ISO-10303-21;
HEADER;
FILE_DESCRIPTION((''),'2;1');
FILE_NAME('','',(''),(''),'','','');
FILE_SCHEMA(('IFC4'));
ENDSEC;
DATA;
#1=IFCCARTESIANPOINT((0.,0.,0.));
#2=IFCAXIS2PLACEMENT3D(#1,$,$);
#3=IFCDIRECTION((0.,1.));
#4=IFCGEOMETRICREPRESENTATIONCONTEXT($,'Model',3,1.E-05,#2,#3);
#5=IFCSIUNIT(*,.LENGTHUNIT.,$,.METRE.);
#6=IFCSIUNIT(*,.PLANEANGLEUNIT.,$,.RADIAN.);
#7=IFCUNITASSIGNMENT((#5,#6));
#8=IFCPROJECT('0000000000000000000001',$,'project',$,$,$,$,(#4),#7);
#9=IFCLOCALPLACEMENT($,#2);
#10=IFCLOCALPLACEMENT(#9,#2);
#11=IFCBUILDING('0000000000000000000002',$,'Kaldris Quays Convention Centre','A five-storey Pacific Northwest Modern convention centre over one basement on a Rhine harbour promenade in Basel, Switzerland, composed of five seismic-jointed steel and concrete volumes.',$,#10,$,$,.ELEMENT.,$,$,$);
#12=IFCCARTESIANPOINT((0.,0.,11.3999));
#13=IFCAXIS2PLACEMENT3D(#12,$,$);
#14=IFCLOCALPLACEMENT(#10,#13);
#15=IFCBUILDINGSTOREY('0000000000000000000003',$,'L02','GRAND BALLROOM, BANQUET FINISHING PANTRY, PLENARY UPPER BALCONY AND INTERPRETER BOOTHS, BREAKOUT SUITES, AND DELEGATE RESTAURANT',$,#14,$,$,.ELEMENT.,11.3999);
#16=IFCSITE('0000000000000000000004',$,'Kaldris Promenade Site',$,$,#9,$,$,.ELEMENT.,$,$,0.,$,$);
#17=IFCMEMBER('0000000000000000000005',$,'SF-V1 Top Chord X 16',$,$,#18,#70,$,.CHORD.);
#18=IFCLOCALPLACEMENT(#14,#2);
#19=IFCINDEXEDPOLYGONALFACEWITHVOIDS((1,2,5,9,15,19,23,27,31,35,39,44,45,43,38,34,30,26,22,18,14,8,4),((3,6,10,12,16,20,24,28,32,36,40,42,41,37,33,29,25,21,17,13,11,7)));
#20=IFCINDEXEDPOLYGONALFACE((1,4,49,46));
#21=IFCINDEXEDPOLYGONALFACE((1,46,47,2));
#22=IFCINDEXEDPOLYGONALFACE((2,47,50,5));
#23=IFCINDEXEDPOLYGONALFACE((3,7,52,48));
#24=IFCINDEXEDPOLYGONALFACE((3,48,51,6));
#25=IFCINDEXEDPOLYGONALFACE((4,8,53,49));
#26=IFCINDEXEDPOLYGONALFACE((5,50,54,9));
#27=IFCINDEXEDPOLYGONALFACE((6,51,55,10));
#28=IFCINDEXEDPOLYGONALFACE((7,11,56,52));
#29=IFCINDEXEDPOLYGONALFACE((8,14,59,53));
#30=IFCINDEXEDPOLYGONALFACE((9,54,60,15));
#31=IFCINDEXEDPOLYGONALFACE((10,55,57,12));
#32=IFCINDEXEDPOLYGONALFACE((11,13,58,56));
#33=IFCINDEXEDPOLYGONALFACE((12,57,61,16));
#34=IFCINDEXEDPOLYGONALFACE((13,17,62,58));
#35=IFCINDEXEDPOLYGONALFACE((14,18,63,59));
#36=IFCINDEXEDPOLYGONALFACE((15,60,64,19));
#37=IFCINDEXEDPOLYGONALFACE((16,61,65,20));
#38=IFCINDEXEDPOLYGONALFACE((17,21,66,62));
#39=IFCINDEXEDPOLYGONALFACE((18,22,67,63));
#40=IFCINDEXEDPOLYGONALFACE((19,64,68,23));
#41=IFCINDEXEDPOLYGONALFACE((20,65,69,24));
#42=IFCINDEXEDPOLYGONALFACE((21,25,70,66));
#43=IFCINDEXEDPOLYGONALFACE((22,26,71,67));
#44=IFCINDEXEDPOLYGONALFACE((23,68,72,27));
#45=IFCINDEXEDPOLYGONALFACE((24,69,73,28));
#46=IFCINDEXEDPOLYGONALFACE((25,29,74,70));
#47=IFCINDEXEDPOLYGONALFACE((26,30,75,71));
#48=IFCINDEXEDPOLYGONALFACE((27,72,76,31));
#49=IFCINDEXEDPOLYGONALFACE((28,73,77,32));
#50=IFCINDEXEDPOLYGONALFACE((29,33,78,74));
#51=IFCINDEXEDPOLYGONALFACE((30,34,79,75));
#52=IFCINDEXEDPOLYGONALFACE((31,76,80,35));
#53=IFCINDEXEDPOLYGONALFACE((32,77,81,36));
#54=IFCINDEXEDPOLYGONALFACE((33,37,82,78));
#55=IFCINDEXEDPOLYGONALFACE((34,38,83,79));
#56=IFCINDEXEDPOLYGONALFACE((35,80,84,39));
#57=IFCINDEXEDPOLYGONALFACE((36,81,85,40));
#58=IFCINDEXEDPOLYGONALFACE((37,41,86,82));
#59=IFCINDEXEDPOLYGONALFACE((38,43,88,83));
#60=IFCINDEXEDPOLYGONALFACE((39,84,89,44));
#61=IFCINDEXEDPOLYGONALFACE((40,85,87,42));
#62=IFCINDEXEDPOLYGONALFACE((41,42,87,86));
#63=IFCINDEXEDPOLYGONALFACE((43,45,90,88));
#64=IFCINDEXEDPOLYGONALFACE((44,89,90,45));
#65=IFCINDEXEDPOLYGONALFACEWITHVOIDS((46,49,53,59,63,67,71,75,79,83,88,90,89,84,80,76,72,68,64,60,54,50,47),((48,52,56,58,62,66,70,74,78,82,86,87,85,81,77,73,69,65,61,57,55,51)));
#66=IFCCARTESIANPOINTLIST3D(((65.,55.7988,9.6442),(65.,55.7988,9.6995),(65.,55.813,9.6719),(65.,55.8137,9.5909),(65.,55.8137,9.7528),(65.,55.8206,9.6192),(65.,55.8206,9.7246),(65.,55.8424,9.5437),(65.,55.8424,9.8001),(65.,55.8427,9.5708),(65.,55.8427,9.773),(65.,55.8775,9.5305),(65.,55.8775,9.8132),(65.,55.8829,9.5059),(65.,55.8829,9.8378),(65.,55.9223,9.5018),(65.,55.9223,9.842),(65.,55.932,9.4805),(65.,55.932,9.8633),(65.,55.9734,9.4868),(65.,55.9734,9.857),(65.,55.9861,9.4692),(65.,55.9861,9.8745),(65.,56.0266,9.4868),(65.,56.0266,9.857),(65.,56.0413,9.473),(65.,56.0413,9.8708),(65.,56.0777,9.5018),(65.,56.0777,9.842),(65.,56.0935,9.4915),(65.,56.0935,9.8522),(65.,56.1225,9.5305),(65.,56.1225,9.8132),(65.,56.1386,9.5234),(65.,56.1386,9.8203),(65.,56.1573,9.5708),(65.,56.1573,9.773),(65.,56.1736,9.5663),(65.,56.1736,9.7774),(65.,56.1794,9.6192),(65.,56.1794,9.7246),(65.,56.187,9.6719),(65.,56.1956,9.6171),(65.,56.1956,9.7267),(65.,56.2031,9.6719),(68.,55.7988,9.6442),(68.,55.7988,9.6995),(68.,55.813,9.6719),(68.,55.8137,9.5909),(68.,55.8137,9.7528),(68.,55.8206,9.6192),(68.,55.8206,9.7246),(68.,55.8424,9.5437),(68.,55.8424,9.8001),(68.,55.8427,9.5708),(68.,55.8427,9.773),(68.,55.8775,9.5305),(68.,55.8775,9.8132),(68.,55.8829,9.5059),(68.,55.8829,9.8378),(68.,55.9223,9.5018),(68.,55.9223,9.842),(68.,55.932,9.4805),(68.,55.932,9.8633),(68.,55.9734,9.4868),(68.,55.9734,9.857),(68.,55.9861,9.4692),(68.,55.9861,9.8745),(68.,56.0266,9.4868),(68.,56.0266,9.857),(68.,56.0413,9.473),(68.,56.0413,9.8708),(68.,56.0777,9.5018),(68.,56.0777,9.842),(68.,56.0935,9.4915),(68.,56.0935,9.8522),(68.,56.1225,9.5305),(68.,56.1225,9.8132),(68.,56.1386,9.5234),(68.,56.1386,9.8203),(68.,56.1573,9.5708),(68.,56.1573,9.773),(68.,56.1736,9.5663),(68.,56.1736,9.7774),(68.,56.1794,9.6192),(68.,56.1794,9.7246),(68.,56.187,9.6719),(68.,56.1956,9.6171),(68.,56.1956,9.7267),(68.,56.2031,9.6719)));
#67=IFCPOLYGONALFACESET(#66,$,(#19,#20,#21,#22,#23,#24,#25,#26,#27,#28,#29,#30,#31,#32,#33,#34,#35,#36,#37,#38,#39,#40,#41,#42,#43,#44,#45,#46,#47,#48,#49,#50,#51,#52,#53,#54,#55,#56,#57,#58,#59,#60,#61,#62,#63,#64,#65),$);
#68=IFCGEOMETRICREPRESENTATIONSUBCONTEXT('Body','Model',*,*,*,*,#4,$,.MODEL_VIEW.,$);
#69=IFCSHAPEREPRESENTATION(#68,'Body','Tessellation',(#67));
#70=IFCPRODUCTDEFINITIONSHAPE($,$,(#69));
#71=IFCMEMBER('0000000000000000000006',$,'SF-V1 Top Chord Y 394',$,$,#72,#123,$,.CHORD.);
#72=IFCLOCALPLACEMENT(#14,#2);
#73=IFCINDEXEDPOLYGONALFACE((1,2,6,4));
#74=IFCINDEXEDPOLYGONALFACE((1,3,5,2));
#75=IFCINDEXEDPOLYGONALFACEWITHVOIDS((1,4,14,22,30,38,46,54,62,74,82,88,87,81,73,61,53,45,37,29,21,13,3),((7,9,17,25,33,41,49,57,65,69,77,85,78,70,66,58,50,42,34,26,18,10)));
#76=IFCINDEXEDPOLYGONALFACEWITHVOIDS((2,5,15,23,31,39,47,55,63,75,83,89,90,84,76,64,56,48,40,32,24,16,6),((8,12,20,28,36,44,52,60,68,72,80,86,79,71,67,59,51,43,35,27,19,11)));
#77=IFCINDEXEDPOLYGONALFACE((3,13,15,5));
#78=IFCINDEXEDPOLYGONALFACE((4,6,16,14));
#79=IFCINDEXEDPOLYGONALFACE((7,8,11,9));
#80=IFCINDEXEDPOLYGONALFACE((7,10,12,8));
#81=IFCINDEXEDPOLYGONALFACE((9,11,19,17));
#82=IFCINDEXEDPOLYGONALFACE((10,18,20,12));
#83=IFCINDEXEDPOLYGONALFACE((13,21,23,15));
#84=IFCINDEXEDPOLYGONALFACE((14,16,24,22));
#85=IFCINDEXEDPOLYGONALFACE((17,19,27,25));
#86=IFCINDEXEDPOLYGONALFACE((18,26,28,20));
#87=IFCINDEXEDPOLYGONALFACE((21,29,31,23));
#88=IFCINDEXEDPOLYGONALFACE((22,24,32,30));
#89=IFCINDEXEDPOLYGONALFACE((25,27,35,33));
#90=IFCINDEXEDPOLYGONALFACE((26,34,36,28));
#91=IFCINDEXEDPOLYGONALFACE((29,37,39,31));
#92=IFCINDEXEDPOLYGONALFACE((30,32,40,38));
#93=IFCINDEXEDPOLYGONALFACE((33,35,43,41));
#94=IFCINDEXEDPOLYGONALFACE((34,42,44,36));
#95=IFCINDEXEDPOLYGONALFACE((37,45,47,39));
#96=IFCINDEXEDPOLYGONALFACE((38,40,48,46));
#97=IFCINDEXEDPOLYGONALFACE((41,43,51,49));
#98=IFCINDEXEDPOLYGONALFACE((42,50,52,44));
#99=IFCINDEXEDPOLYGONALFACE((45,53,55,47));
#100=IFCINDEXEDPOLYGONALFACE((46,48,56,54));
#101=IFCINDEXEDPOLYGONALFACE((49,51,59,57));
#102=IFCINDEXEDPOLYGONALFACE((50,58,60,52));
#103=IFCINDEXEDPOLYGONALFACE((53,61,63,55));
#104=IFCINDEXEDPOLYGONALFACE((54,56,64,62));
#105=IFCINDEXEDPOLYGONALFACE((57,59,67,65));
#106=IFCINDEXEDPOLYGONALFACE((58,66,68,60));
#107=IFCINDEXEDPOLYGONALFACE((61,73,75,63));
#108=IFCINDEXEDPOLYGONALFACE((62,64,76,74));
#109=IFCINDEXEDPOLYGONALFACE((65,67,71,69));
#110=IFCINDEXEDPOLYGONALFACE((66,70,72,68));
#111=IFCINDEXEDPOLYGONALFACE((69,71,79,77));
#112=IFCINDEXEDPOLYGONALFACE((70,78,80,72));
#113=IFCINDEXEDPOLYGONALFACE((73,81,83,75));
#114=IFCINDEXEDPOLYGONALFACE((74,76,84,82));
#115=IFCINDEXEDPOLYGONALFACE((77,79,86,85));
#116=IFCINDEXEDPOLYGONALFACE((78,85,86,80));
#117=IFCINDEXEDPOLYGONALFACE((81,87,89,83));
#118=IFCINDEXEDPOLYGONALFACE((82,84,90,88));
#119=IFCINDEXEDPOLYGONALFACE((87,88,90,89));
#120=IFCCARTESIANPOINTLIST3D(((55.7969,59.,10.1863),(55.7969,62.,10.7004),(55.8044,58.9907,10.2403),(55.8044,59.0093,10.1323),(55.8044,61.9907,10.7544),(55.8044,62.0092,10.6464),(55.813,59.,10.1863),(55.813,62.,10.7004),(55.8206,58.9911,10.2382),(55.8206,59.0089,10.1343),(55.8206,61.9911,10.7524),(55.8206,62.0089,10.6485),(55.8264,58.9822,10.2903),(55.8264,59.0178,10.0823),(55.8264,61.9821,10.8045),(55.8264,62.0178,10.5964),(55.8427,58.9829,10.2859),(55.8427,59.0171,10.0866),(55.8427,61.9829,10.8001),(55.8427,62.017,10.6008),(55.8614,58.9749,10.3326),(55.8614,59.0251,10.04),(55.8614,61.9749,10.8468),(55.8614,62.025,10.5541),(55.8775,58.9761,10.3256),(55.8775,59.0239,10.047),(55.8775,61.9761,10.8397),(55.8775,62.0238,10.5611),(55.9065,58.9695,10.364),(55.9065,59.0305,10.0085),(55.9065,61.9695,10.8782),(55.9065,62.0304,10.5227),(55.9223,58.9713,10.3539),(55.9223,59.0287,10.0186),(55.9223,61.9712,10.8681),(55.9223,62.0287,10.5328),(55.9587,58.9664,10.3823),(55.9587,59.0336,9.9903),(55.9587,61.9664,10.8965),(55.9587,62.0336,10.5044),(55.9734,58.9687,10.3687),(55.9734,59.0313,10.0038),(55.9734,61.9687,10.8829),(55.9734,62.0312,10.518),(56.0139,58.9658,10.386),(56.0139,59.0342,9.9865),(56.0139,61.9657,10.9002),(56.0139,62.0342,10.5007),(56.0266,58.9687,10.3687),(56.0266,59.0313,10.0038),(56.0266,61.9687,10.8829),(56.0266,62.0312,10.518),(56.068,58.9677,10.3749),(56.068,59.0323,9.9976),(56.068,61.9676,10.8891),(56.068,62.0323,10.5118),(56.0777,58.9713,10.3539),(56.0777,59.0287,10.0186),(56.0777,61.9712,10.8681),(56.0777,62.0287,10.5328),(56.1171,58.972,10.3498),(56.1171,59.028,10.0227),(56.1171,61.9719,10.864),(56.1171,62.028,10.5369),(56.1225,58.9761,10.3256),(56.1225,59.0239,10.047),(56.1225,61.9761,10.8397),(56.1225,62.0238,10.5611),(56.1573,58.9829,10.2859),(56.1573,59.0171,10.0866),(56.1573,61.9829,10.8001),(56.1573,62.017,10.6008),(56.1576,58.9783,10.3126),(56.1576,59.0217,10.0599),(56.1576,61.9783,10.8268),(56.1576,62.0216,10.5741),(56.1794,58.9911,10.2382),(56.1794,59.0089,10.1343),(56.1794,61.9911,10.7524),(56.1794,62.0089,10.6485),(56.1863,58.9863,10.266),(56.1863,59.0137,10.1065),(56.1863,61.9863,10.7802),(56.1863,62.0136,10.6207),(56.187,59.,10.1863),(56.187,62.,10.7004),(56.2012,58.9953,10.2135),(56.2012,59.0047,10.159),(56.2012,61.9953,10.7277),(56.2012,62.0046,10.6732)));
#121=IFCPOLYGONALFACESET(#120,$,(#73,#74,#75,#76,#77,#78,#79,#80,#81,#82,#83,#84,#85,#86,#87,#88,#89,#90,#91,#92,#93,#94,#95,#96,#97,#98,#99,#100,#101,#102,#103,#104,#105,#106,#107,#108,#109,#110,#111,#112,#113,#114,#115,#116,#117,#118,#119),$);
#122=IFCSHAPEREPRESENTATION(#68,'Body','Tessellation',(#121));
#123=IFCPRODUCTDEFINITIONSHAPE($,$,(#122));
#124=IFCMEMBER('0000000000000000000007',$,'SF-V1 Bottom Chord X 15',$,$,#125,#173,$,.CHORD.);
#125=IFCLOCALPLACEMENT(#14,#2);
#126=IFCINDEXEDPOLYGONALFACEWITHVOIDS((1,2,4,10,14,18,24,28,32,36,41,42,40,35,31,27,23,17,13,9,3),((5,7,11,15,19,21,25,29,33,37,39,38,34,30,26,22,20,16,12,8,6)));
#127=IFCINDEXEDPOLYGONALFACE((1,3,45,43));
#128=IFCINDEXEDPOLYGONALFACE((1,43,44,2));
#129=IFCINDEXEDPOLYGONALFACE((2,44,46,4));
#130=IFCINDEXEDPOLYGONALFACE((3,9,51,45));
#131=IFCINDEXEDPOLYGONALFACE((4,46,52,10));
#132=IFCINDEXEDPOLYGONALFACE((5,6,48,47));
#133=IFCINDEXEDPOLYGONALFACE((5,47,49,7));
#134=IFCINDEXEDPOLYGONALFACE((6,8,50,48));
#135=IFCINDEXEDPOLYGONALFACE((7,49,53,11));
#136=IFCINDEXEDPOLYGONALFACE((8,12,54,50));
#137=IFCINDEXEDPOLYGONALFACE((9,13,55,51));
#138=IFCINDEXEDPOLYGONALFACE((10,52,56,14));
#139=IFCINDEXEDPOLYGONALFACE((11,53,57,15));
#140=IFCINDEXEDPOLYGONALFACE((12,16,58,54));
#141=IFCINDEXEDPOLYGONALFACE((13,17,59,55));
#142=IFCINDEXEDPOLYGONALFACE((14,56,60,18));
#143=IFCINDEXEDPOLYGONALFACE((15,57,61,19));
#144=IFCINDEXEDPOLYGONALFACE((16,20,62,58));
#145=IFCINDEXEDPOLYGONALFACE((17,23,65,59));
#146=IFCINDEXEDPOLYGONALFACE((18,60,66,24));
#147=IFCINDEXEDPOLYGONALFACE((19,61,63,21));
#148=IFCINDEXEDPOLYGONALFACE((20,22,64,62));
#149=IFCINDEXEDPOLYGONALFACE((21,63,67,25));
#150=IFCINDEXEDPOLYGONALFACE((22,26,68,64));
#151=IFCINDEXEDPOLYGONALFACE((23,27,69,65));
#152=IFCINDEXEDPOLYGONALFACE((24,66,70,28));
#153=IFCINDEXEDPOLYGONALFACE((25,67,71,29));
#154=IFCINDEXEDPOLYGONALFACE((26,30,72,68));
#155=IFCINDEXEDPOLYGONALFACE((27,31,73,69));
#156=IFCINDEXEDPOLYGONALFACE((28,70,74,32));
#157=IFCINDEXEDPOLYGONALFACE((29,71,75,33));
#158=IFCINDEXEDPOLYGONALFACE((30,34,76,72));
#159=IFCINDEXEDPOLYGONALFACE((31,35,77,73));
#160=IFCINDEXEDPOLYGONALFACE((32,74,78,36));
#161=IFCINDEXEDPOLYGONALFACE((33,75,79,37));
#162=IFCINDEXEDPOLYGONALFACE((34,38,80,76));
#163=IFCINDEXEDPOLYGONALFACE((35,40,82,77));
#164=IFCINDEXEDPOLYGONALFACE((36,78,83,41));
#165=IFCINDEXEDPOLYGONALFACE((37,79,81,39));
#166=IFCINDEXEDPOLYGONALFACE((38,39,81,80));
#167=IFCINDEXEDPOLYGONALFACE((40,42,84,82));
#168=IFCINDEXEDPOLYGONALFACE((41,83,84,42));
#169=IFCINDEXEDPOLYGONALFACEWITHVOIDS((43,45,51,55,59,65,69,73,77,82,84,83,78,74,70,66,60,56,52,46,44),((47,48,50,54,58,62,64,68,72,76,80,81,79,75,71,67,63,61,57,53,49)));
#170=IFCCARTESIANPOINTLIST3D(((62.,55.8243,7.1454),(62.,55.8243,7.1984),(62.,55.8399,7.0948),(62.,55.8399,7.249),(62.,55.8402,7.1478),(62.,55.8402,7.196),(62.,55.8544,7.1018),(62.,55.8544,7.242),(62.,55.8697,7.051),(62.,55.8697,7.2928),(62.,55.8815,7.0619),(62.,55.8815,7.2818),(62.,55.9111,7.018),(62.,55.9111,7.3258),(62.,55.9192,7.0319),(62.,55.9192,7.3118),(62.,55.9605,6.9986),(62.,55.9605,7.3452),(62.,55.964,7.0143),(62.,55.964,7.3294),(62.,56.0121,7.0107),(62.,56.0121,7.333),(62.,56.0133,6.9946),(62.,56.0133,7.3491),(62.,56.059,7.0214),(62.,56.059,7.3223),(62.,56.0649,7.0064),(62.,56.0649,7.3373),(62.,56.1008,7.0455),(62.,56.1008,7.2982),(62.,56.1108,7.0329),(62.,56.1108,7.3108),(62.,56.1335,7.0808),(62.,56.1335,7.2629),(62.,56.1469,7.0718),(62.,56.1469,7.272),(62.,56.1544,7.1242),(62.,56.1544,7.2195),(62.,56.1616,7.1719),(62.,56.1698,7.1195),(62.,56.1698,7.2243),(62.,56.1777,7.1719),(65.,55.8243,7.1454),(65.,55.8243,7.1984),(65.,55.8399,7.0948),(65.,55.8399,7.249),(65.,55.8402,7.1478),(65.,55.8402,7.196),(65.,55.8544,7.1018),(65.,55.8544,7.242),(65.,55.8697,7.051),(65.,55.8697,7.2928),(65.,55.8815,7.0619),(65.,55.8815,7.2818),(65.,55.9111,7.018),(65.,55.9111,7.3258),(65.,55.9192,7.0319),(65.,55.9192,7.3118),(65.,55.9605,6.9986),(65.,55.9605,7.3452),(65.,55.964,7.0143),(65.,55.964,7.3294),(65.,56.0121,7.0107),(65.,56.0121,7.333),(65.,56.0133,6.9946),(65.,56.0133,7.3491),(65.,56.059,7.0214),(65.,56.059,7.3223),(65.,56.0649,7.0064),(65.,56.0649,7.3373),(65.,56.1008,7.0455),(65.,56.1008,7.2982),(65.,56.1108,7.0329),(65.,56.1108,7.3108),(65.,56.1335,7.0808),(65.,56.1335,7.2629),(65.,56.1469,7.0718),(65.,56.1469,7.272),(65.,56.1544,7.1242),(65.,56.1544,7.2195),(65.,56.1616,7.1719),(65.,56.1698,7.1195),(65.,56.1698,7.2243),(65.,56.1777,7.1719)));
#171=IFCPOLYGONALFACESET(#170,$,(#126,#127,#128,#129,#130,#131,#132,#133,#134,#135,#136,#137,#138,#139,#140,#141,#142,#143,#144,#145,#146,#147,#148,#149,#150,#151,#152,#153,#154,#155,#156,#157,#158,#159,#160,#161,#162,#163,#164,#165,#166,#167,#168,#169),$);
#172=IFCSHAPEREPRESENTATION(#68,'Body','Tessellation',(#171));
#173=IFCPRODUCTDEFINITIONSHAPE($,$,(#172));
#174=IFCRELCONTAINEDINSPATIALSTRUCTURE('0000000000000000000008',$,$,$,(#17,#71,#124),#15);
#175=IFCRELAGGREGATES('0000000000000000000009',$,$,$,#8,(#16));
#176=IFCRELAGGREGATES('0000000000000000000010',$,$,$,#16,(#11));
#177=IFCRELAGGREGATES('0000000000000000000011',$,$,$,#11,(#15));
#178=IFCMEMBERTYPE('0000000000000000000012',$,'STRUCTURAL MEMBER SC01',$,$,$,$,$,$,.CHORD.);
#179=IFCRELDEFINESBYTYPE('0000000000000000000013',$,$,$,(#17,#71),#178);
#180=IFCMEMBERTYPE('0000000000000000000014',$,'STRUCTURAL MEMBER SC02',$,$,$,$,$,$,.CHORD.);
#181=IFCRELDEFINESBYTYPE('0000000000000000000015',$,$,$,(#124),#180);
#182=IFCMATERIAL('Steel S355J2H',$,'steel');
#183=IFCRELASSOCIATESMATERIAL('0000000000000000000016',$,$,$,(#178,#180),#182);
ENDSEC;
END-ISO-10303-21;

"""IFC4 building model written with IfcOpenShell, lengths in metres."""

from ifc_helpers import new_model, si_unit, direction, frame, origin, origin_2d, place, context, subcontext, project, spatial, hollow_circle, extrude, material, material_profile, profile_set, type_object, element, save


model = new_model("IFC4")

# Units and contexts
model_context = context("Model", 3, precision=1e-05, world=origin(), true_north=direction((0.0, 1.0)))
body_context = subcontext(model_context, "Body", "Model", "MODEL_VIEW")
ifc_project = project(units=[si_unit("LENGTHUNIT", "METRE"), si_unit("PLANEANGLEUNIT", "RADIAN")], contexts=[model_context])

# Site, building, storey
site_placement = place(None, origin())
site = spatial("IfcSite", under=ifc_project, at=site_placement, Name="Kaldris Promenade Site", CompositionType="ELEMENT", RefElevation=0.0)
building_placement = place(site_placement, origin())
building = spatial("IfcBuilding", under=site, at=building_placement, Name="Kaldris Quays Convention Centre", Description="A five-storey Pacific Northwest Modern convention centre over one basement on a Rhine harbour promenade in Basel, Switzerland, composed of five seismic-jointed steel and concrete volumes.", CompositionType="ELEMENT")
storey_placement = place(building_placement, frame((0.0, 0.0, 11.3999)))
storey = spatial("IfcBuildingStorey", under=building, at=storey_placement, Name="L02", Description="GRAND BALLROOM, BANQUET FINISHING PANTRY, PLENARY UPPER BALCONY AND INTERPRETER BOOTHS, BREAKOUT SUITES, AND DELEGATE RESTAURANT", CompositionType="ELEMENT", Elevation=11.3999)

# Members
ifc_material_1 = material(Name="Steel S355J2H", Category="steel")
ifc_material_profile_1 = material_profile(ifc_material_1, hollow_circle(Radius=0.2031, WallThickness=0.0161, at=origin_2d()), Name="CHS 406.4x16")
ifc_profile_set_1 = profile_set([ifc_material_profile_1], Name="Steel S355J2H")
member_type_1 = type_object("IfcMemberType", Name="STRUCTURAL MEMBER SC01", PredefinedType="CHORD", material=ifc_profile_set_1)
for number, where, z_axis, x_axis, name in (
    (1, (65.0, 56.0, 9.6719), (1.0, 0.0, 0.0), (0.0, 1.0, 0.0), "SF-V1 Top Chord X 16"),
):
    element("IfcMember", number, at=place(storey_placement, frame(where, z_axis=z_axis, x_axis=x_axis)), inside=storey, type_object=member_type_1, Name=name, PredefinedType="CHORD", context=body_context, shape_type="SweptSolid", body=[
        extrude(hollow_circle(Radius=0.2031, WallThickness=0.0161, at=origin_2d()), origin(), (0.0, 0.0, 1.0), 3.0),
    ])
member_1_placement = place(storey_placement, frame((56.0, 59.0, 10.1863), z_axis=(0.0, 0.985629, 0.168924), x_axis=(-1.0, 0.0, 0.0)))
element("IfcMember", 2, at=member_1_placement, inside=storey, type_object=member_type_1, Name="SF-V1 Top Chord Y 394", PredefinedType="CHORD", context=body_context, shape_type="SweptSolid", body=[
    extrude(hollow_circle(Radius=0.2031, WallThickness=0.0161, at=origin_2d()), origin(), (0.0, 0.0, 1.0), 3.0437),
])
ifc_material_profile_2 = material_profile(ifc_material_1, hollow_circle(Radius=0.1777, WallThickness=0.0161, at=origin_2d()), Name="CHS 355.6x16")
ifc_profile_set_2 = profile_set([ifc_material_profile_2], Name="Steel S355J2H")
member_type_2 = type_object("IfcMemberType", Name="STRUCTURAL MEMBER SC02", PredefinedType="CHORD", material=ifc_profile_set_2)
for number, where, z_axis, x_axis, name in (
    (3, (62.0, 56.0, 7.1719), (1.0, 0.0, 0.0), (0.0, 1.0, 0.0), "SF-V1 Bottom Chord X 15"),
):
    element("IfcMember", number, at=place(storey_placement, frame(where, z_axis=z_axis, x_axis=x_axis)), inside=storey, type_object=member_type_2, Name=name, PredefinedType="CHORD", context=body_context, shape_type="SweptSolid", body=[
        extrude(hollow_circle(Radius=0.1777, WallThickness=0.0161, at=origin_2d()), origin(), (0.0, 0.0, 1.0), 3.0),
    ])

save(model, "model.ifc")
